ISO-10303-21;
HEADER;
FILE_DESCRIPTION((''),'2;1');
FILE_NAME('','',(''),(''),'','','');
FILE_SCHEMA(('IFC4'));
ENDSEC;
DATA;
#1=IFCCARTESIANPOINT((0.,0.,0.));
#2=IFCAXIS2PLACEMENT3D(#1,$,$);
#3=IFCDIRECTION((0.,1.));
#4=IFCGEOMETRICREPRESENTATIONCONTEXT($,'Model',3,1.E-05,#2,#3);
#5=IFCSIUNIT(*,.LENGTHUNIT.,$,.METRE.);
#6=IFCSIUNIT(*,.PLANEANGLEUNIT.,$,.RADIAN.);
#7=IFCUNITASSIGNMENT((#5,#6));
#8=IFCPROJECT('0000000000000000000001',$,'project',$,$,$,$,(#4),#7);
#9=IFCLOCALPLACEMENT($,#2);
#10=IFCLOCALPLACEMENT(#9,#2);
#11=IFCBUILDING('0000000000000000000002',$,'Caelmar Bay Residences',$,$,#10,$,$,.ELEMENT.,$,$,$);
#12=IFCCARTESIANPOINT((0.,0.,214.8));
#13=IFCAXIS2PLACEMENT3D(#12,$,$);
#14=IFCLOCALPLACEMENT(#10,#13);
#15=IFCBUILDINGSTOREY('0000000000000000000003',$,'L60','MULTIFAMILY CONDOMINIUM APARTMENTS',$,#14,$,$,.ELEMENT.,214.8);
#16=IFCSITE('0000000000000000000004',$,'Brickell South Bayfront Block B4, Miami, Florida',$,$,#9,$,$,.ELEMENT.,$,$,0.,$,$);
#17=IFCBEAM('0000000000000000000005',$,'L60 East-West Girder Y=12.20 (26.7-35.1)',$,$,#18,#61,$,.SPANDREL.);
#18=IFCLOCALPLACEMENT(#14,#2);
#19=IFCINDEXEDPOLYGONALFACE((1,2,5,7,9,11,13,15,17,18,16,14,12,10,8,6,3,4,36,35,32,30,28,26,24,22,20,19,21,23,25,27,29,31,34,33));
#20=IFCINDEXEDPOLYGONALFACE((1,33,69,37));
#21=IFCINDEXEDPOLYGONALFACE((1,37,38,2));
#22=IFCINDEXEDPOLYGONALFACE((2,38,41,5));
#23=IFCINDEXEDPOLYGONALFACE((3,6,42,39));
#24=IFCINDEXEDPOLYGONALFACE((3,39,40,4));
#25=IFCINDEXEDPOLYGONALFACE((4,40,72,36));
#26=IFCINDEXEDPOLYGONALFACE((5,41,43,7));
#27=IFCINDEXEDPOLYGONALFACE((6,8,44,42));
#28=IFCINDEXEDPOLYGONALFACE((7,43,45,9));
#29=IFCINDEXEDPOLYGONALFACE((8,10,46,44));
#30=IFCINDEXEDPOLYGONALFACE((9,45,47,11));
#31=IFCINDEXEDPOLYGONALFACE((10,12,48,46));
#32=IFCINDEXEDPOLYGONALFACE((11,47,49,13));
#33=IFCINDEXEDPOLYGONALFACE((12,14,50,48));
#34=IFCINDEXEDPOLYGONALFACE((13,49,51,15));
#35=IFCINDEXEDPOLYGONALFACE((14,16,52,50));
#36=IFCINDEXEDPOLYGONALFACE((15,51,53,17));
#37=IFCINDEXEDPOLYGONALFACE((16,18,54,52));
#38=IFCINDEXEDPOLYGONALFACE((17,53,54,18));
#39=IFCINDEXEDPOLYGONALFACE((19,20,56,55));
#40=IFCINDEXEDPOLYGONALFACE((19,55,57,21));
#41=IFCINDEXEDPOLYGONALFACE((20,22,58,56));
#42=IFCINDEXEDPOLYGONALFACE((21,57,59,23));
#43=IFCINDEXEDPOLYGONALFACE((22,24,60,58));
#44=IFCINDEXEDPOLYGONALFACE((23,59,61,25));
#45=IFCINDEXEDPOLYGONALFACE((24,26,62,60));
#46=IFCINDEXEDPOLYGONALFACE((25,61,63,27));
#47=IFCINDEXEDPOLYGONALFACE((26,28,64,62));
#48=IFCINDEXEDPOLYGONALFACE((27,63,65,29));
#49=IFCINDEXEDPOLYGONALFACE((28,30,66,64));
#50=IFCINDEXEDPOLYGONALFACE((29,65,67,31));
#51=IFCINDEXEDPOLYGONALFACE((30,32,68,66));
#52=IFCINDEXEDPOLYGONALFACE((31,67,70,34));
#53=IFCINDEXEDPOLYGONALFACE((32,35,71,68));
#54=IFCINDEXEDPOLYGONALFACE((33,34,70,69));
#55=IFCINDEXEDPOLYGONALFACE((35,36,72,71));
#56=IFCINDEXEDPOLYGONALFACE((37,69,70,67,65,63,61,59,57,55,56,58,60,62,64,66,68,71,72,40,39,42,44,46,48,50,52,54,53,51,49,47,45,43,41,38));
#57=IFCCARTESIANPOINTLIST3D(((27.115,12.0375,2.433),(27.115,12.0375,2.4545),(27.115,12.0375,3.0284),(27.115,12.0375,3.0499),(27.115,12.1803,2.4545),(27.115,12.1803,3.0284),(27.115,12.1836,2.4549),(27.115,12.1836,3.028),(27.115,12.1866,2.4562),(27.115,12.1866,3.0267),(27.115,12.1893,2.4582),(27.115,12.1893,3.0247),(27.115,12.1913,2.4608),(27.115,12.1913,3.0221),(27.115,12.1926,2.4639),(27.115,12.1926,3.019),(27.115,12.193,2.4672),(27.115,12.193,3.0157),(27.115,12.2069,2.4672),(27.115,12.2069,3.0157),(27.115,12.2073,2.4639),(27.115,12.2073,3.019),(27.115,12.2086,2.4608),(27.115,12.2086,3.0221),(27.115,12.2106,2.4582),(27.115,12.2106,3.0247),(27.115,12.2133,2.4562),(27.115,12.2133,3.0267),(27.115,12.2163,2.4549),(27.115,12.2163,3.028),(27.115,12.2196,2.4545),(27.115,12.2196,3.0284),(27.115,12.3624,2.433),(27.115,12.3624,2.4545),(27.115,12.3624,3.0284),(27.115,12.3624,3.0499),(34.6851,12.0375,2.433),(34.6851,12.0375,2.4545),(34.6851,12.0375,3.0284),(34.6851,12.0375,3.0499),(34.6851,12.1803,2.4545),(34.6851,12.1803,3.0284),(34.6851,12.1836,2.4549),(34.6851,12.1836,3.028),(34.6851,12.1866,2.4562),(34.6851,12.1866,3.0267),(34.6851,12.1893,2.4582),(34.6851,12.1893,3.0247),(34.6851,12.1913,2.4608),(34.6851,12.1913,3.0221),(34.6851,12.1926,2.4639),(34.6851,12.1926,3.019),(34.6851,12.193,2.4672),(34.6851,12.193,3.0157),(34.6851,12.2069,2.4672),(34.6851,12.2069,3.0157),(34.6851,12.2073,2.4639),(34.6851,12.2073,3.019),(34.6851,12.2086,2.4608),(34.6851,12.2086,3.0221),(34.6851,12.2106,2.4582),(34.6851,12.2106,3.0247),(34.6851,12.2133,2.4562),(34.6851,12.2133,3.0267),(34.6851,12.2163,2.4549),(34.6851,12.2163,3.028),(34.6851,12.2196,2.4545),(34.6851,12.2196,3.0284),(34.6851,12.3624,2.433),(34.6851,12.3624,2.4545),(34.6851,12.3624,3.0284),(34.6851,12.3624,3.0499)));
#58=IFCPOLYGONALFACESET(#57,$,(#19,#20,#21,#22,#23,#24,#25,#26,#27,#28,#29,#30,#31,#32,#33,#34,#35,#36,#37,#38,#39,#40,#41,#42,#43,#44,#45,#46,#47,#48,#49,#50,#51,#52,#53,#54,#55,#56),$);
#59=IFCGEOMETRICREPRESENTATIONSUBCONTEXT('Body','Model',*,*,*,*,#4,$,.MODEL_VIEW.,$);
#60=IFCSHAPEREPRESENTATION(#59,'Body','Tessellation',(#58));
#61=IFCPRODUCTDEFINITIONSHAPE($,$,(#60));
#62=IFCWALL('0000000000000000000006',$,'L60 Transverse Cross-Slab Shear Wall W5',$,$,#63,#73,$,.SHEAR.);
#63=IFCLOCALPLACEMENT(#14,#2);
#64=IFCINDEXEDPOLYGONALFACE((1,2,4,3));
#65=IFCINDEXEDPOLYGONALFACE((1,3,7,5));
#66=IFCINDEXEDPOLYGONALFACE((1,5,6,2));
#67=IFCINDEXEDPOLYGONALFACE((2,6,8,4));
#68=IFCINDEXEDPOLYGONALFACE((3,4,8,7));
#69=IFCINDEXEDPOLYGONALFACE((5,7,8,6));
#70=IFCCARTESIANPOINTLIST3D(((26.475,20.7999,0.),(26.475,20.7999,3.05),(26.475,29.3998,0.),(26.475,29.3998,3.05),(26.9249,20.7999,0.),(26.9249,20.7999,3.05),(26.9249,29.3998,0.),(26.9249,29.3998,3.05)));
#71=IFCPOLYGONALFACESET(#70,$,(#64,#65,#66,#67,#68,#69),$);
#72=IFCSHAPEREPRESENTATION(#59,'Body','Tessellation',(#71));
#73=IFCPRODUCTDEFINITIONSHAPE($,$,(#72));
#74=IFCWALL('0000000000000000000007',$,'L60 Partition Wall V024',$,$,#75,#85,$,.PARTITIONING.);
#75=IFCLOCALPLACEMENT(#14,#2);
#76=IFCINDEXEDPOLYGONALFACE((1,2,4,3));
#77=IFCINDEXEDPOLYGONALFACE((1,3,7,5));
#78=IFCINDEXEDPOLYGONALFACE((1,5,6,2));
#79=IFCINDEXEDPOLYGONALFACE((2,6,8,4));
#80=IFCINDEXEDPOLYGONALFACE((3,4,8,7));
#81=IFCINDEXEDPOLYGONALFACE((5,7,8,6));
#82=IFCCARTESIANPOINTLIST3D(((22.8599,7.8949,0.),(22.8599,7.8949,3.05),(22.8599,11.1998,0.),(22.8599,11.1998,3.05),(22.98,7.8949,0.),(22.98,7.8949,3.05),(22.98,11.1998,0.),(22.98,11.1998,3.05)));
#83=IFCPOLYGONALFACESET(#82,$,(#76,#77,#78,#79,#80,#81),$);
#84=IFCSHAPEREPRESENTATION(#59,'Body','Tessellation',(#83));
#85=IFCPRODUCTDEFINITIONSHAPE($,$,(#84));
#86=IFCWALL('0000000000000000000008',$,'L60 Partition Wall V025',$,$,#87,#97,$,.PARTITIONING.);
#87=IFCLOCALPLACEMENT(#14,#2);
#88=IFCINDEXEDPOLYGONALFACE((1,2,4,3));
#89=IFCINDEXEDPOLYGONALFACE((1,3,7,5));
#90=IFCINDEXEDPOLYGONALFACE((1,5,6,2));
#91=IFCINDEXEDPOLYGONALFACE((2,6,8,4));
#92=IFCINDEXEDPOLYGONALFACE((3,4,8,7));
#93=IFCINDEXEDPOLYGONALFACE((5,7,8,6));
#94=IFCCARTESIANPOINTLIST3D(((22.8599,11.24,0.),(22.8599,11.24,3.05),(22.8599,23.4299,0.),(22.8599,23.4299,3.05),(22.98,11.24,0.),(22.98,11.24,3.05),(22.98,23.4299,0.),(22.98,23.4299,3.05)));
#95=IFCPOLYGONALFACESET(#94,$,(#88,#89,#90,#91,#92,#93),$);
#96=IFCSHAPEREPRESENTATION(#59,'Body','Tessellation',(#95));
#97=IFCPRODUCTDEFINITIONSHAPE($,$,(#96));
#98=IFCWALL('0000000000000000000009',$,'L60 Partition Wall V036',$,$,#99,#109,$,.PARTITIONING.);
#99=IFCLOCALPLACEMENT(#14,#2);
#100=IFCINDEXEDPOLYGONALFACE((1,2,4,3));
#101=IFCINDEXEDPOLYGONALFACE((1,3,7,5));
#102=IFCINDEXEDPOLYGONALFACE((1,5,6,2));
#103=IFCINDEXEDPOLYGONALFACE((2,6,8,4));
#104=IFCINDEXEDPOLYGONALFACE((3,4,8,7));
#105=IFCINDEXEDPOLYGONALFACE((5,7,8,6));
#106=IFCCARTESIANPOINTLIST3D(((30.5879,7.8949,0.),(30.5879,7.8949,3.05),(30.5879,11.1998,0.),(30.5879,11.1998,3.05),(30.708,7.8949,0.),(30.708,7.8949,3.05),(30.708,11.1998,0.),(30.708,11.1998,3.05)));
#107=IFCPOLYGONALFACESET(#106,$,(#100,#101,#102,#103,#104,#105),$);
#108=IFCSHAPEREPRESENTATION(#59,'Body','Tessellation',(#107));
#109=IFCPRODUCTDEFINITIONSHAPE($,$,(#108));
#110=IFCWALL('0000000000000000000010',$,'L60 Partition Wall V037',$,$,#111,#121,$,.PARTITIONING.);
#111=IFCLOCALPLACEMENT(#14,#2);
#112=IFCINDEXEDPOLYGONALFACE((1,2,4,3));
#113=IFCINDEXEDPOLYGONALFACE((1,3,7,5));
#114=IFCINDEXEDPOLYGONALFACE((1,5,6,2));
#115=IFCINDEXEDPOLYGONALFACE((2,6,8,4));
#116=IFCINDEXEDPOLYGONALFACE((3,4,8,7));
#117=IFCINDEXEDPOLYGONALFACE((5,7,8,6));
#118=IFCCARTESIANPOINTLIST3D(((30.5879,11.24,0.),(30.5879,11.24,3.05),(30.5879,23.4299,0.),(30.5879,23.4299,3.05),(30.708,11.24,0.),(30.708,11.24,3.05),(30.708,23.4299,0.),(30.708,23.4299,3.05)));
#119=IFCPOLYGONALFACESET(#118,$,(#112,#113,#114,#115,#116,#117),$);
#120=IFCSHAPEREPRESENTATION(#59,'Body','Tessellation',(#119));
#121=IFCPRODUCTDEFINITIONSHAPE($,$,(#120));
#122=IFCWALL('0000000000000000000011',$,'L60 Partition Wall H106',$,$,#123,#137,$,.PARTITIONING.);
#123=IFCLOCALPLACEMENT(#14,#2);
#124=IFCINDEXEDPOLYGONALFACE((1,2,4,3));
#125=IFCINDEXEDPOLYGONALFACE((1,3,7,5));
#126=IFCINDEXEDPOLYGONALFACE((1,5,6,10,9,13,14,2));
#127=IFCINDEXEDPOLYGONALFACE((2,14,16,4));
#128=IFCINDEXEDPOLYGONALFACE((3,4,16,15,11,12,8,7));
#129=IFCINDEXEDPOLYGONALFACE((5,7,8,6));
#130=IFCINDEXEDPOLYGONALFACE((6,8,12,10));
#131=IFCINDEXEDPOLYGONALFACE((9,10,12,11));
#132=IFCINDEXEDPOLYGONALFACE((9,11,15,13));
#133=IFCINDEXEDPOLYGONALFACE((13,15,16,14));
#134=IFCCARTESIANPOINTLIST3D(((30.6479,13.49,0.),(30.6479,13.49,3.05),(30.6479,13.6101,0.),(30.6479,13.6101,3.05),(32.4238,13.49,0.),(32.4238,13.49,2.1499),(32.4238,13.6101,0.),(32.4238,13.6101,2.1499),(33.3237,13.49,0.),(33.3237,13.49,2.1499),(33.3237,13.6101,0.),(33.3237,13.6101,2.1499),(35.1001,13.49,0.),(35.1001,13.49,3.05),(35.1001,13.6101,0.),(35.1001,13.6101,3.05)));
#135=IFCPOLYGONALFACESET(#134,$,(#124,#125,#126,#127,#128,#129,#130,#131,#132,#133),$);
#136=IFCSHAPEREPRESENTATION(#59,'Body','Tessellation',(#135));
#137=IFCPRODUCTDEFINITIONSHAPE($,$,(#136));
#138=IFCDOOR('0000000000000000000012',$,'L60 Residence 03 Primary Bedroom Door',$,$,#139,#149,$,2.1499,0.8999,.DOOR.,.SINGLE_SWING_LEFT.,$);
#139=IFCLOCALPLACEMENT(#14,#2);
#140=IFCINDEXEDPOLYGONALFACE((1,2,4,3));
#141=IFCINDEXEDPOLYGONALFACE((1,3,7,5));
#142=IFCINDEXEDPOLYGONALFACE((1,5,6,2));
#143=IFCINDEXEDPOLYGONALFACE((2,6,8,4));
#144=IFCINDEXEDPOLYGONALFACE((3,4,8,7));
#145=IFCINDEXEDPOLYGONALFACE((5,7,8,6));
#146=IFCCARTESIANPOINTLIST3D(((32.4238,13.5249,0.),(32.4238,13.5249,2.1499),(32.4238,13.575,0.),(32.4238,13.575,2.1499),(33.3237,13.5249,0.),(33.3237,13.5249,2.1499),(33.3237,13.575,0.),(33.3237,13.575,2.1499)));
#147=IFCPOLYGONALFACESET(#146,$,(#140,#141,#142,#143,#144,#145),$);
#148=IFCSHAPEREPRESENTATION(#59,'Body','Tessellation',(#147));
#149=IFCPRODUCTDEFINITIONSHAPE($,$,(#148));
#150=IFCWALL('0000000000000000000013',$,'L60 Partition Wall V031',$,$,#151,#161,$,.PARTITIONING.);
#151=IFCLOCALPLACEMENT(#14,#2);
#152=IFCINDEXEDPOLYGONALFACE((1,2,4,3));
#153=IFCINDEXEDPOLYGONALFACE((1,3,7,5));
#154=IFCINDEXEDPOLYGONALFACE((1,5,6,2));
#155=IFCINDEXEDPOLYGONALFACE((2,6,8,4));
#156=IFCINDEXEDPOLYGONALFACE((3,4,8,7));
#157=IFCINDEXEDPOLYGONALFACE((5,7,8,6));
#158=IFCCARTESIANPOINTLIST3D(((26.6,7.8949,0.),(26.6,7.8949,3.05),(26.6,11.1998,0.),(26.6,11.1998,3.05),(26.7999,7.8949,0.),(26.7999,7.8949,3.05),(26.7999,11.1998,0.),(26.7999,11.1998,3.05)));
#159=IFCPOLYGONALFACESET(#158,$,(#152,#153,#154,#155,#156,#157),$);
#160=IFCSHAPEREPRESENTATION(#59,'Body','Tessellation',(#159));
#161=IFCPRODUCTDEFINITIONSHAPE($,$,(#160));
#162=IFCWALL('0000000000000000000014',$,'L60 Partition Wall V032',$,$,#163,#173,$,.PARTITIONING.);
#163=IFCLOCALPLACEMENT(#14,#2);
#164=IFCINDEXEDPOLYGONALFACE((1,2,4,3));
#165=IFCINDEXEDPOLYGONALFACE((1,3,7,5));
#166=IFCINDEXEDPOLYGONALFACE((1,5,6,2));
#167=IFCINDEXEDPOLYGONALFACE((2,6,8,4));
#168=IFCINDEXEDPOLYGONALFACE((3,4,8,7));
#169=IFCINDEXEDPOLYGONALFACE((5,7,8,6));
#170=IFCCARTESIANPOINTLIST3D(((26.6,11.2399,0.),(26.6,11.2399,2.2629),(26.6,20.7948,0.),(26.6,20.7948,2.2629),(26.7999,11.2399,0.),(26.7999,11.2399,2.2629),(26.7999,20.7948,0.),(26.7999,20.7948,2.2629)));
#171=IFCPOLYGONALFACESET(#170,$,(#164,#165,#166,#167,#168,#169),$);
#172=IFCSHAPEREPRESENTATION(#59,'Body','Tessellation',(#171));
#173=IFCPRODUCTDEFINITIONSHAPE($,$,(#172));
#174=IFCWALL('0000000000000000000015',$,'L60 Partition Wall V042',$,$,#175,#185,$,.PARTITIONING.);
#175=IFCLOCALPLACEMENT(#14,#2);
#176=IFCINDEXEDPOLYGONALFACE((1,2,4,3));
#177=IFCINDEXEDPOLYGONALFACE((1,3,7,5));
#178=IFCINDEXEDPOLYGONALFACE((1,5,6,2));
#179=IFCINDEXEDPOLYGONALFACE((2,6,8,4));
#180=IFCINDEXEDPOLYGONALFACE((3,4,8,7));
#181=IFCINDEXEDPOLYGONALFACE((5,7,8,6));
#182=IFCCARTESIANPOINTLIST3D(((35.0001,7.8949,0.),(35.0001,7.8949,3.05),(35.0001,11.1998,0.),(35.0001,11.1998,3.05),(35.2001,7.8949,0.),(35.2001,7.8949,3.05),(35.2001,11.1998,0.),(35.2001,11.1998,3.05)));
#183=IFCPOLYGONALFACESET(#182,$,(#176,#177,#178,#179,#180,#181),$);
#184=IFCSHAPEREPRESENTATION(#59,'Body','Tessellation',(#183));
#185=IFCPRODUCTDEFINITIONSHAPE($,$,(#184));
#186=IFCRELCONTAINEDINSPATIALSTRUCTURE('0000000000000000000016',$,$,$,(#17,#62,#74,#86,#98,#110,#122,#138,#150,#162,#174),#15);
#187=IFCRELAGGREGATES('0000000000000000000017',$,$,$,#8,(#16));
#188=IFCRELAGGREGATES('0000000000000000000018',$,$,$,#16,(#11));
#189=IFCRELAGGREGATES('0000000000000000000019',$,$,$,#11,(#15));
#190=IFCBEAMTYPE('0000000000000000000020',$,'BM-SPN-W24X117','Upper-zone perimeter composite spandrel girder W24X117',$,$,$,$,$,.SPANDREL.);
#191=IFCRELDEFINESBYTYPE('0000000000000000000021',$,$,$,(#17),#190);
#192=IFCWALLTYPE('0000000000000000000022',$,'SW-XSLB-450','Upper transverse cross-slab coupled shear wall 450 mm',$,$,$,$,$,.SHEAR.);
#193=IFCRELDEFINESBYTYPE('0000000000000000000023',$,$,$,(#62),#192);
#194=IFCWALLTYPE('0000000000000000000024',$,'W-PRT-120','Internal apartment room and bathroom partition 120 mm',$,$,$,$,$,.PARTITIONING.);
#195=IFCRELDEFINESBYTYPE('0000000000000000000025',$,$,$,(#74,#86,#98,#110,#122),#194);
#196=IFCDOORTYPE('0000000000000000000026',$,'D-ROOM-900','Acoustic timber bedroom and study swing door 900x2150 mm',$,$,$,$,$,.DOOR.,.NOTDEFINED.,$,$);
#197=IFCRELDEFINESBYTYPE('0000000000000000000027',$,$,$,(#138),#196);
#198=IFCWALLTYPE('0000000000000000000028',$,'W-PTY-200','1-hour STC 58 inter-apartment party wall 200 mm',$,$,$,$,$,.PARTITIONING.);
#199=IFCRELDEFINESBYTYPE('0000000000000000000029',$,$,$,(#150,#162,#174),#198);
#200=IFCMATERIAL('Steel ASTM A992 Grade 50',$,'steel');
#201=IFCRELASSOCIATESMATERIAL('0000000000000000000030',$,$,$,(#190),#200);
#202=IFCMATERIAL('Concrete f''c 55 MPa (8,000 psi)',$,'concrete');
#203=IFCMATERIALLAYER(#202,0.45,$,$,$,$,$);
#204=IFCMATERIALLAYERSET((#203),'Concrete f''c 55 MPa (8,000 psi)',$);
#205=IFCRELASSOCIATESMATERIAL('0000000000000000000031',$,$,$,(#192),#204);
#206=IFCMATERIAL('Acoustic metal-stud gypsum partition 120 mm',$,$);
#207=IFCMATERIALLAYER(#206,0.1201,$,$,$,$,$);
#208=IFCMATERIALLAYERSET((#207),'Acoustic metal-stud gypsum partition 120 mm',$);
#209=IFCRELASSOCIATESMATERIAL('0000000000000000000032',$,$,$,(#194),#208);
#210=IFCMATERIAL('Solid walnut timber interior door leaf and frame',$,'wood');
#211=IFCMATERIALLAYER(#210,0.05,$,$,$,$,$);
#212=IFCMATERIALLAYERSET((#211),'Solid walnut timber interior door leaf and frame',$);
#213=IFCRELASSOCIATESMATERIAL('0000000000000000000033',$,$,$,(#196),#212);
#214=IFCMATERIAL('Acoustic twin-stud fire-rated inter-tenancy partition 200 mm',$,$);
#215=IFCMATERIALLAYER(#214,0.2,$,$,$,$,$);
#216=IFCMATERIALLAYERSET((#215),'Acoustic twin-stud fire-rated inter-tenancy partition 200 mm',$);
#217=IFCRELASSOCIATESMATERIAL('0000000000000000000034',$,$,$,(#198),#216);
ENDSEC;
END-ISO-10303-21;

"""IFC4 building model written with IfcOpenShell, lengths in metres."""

from ifc_helpers import new_model, si_unit, direction, frame, frame_2d, origin, origin_2d, place, context, subcontext, project, spatial, rectangle, i_section, extrude, material, layer, layer_set, material_profile, profile_set, type_object, element, fill, save


model = new_model("IFC4")

# Units and contexts
model_context = context("Model", 3, precision=1e-05, world=origin(), true_north=direction((0.0, 1.0)))
body_context = subcontext(model_context, "Body", "Model", "MODEL_VIEW")
ifc_project = project(units=[si_unit("LENGTHUNIT", "METRE"), si_unit("PLANEANGLEUNIT", "RADIAN")], contexts=[model_context])

# Site, building, storey
site_placement = place(None, origin())
site = spatial("IfcSite", under=ifc_project, at=site_placement, Name="Brickell South Bayfront Block B4, Miami, Florida", CompositionType="ELEMENT", RefElevation=0.0)
building_placement = place(site_placement, origin())
building = spatial("IfcBuilding", under=site, at=building_placement, Name="Caelmar Bay Residences", CompositionType="ELEMENT")
storey_placement = place(building_placement, frame((0.0, 0.0, 214.8)))
storey = spatial("IfcBuildingStorey", under=building, at=storey_placement, Name="L60", Description="MULTIFAMILY CONDOMINIUM APARTMENTS", CompositionType="ELEMENT", Elevation=214.8)

# Shared definitions
ifc_material_1 = material(Name="Concrete f'c 55 MPa (8,000 psi)", Category="concrete")

# Beam
ifc_material_2 = material(Name="Steel ASTM A992 Grade 50", Category="steel")
ifc_material_profile_1 = material_profile(ifc_material_2, i_section(OverallWidth=0.325, OverallDepth=0.6169, WebThickness=0.0139, FlangeThickness=0.0215, FilletRadius=0.0127, at=origin_2d()), Name="W24X117")
ifc_profile_set_1 = profile_set([ifc_material_profile_1], Name="Steel ASTM A992 Grade 50")
beam_type_1 = type_object("IfcBeamType", Name="BM-SPN-W24X117", Description="Upper-zone perimeter composite spandrel girder W24X117", PredefinedType="SPANDREL", material=ifc_profile_set_1)
beam_1_placement = place(storey_placement, frame((27.115, 12.2, 2.7415), z_axis=(1.0, 0.0, 0.0), x_axis=(0.0, 1.0, 0.0)))
element("IfcBeam", 1, at=beam_1_placement, inside=storey, type_object=beam_type_1, Name="L60 East-West Girder Y=12.20 (26.7-35.1)", PredefinedType="SPANDREL", context=body_context, shape_type="SweptSolid", body=[
    extrude(i_section(OverallWidth=0.325, OverallDepth=0.6169, WebThickness=0.0139, FlangeThickness=0.0215, FilletRadius=0.0127, at=origin_2d()), origin(), (0.0, 0.0, 1.0), 7.5701),
])

# Walls
ifc_layer_1 = layer(ifc_material_1, 0.45)
ifc_layer_set_1 = layer_set([ifc_layer_1], Name="Concrete f'c 55 MPa (8,000 psi)")
wall_type_1 = type_object("IfcWallType", Name="SW-XSLB-450", Description="Upper transverse cross-slab coupled shear wall 450 mm", PredefinedType="SHEAR", material=ifc_layer_set_1)
wall_1_placement = place(storey_placement, frame((26.7, 20.8, 0.0), z_axis=(0.0, 0.0, 1.0), x_axis=(0.0, 1.0, 0.0)))
element("IfcWall", 2, at=wall_1_placement, inside=storey, type_object=wall_type_1, Name="L60 Transverse Cross-Slab Shear Wall W5", PredefinedType="SHEAR", context=body_context, shape_type="SweptSolid", body=[
    extrude(rectangle(XDim=8.5999, YDim=0.45, at=frame_2d((4.2998, 0.0))), origin(), (0.0, 0.0, 1.0), 3.05),
])
ifc_material_3 = material(Name="Acoustic metal-stud gypsum partition 120 mm")
ifc_layer_2 = layer(ifc_material_3, 0.1201)
ifc_layer_set_2 = layer_set([ifc_layer_2], Name="Acoustic metal-stud gypsum partition 120 mm")
wall_type_2 = type_object("IfcWallType", Name="W-PRT-120", Description="Internal apartment room and bathroom partition 120 mm", PredefinedType="PARTITIONING", material=ifc_layer_set_2)
wall_2_placement = place(storey_placement, frame((22.9199, 7.895, 0.0), z_axis=(0.0, 0.0, 1.0), x_axis=(0.0, 1.0, 0.0)))
element("IfcWall", 3, at=wall_2_placement, inside=storey, type_object=wall_type_2, Name="L60 Partition Wall V024", PredefinedType="PARTITIONING", context=body_context, shape_type="SweptSolid", body=[
    extrude(rectangle(XDim=3.3049, YDim=0.1201, at=frame_2d((1.6523, 0.0))), origin(), (0.0, 0.0, 1.0), 3.05),
])
wall_3_placement = place(storey_placement, frame((22.9199, 11.24, 0.0), z_axis=(0.0, 0.0, 1.0), x_axis=(0.0, 1.0, 0.0)))
element("IfcWall", 4, at=wall_3_placement, inside=storey, type_object=wall_type_2, Name="L60 Partition Wall V025", PredefinedType="PARTITIONING", context=body_context, shape_type="SweptSolid", body=[
    extrude(rectangle(XDim=12.1899, YDim=0.1201, at=frame_2d((6.095, 0.0))), origin(), (0.0, 0.0, 1.0), 3.05),
])
wall_4_placement = place(storey_placement, frame((30.6479, 7.895, 0.0), z_axis=(0.0, 0.0, 1.0), x_axis=(0.0, 1.0, 0.0)))
element("IfcWall", 5, at=wall_4_placement, inside=storey, type_object=wall_type_2, Name="L60 Partition Wall V036", PredefinedType="PARTITIONING", context=body_context, shape_type="SweptSolid", body=[
    extrude(rectangle(XDim=3.3049, YDim=0.1201, at=frame_2d((1.6523, 0.0))), origin(), (0.0, 0.0, 1.0), 3.05),
])
wall_5_placement = place(storey_placement, frame((30.6479, 11.24, 0.0), z_axis=(0.0, 0.0, 1.0), x_axis=(0.0, 1.0, 0.0)))
element("IfcWall", 6, at=wall_5_placement, inside=storey, type_object=wall_type_2, Name="L60 Partition Wall V037", PredefinedType="PARTITIONING", context=body_context, shape_type="SweptSolid", body=[
    extrude(rectangle(XDim=12.1899, YDim=0.1201, at=frame_2d((6.095, 0.0))), origin(), (0.0, 0.0, 1.0), 3.05),
])

# Wall, opening, door
ifc_material_4 = material(Name="Solid walnut timber interior door leaf and frame", Category="wood")
ifc_layer_3 = layer(ifc_material_4, 0.05)
ifc_layer_set_3 = layer_set([ifc_layer_3], Name="Solid walnut timber interior door leaf and frame")
door_type = type_object("IfcDoorType", Name="D-ROOM-900", Description="Acoustic timber bedroom and study swing door 900x2150 mm", OperationType="NOTDEFINED", PredefinedType="DOOR", material=ifc_layer_set_3)
wall_6_placement = place(storey_placement, frame((30.6479, 13.55, 0.0), z_axis=(0.0, 0.0, 1.0), x_axis=(1.0, 0.0, 0.0)))
wall_6 = element("IfcWall", 7, at=wall_6_placement, inside=storey, type_object=wall_type_2, Name="L60 Partition Wall H106", PredefinedType="PARTITIONING", context=body_context, shape_type="SweptSolid", body=[
    extrude(rectangle(XDim=4.4521, YDim=0.1201, at=frame_2d((2.2261, 0.0))), origin(), (0.0, 0.0, 1.0), 3.05),
])
opening_1_placement = place(wall_6_placement, frame((1.7759, 0.0, 0.0)))
opening_1 = element("IfcOpeningElement", 8, at=opening_1_placement, cuts=wall_6, PredefinedType="OPENING", context=body_context, shape_type="SweptSolid", body=[
    extrude(rectangle(XDim=0.8999, YDim=2.1499, at=frame_2d((0.45, 1.075))), frame((0.0, 0.0701, 0.0), z_axis=(0.0, -1.0, 0.0), x_axis=(1.0, 0.0, 0.0)), (0.0, 0.0, 1.0), 0.1401),
])
door_1_placement = place(opening_1_placement, origin())
door_1 = element("IfcDoor", 9, at=door_1_placement, inside=storey, type_object=door_type, Name="L60 Residence 03 Primary Bedroom Door", OperationType="SINGLE_SWING_LEFT", OverallHeight=2.1499, OverallWidth=0.8999, PredefinedType="DOOR", context=body_context, shape_type="SweptSolid", body=[
    extrude(rectangle(XDim=0.8999, YDim=2.1499, at=frame_2d((0.45, 1.075))), frame((0.0, 0.0249, 0.0), z_axis=(0.0, -1.0, 0.0), x_axis=(1.0, 0.0, 0.0)), (0.0, 0.0, 1.0), 0.05),
])
fill(opening_1, door_1)

# Walls
ifc_material_5 = material(Name="Acoustic twin-stud fire-rated inter-tenancy partition 200 mm")
ifc_layer_4 = layer(ifc_material_5, 0.2)
ifc_layer_set_4 = layer_set([ifc_layer_4], Name="Acoustic twin-stud fire-rated inter-tenancy partition 200 mm")
wall_type_3 = type_object("IfcWallType", Name="W-PTY-200", Description="1-hour STC 58 inter-apartment party wall 200 mm", PredefinedType="PARTITIONING", material=ifc_layer_set_4)
wall_7_placement = place(storey_placement, frame((26.7, 7.895, 0.0), z_axis=(0.0, 0.0, 1.0), x_axis=(0.0, 1.0, 0.0)))
element("IfcWall", 10, at=wall_7_placement, inside=storey, type_object=wall_type_3, Name="L60 Partition Wall V031", PredefinedType="PARTITIONING", context=body_context, shape_type="SweptSolid", body=[
    extrude(rectangle(XDim=3.3049, YDim=0.2, at=frame_2d((1.6523, 0.0))), origin(), (0.0, 0.0, 1.0), 3.05),
])
wall_8_placement = place(storey_placement, frame((26.7, 11.24, 0.0), z_axis=(0.0, 0.0, 1.0), x_axis=(0.0, 1.0, 0.0)))
element("IfcWall", 11, at=wall_8_placement, inside=storey, type_object=wall_type_3, Name="L60 Partition Wall V032", PredefinedType="PARTITIONING", context=body_context, shape_type="SweptSolid", body=[
    extrude(rectangle(XDim=9.5549, YDim=0.2, at=frame_2d((4.7773, 0.0))), origin(), (0.0, 0.0, 1.0), 2.2629),
])
wall_9_placement = place(storey_placement, frame((35.1001, 7.895, 0.0), z_axis=(0.0, 0.0, 1.0), x_axis=(0.0, 1.0, 0.0)))
element("IfcWall", 12, at=wall_9_placement, inside=storey, type_object=wall_type_3, Name="L60 Partition Wall V042", PredefinedType="PARTITIONING", context=body_context, shape_type="SweptSolid", body=[
    extrude(rectangle(XDim=3.3049, YDim=0.2, at=frame_2d((1.6523, 0.0))), origin(), (0.0, 0.0, 1.0), 3.05),
])

save(model, "model.ifc")
